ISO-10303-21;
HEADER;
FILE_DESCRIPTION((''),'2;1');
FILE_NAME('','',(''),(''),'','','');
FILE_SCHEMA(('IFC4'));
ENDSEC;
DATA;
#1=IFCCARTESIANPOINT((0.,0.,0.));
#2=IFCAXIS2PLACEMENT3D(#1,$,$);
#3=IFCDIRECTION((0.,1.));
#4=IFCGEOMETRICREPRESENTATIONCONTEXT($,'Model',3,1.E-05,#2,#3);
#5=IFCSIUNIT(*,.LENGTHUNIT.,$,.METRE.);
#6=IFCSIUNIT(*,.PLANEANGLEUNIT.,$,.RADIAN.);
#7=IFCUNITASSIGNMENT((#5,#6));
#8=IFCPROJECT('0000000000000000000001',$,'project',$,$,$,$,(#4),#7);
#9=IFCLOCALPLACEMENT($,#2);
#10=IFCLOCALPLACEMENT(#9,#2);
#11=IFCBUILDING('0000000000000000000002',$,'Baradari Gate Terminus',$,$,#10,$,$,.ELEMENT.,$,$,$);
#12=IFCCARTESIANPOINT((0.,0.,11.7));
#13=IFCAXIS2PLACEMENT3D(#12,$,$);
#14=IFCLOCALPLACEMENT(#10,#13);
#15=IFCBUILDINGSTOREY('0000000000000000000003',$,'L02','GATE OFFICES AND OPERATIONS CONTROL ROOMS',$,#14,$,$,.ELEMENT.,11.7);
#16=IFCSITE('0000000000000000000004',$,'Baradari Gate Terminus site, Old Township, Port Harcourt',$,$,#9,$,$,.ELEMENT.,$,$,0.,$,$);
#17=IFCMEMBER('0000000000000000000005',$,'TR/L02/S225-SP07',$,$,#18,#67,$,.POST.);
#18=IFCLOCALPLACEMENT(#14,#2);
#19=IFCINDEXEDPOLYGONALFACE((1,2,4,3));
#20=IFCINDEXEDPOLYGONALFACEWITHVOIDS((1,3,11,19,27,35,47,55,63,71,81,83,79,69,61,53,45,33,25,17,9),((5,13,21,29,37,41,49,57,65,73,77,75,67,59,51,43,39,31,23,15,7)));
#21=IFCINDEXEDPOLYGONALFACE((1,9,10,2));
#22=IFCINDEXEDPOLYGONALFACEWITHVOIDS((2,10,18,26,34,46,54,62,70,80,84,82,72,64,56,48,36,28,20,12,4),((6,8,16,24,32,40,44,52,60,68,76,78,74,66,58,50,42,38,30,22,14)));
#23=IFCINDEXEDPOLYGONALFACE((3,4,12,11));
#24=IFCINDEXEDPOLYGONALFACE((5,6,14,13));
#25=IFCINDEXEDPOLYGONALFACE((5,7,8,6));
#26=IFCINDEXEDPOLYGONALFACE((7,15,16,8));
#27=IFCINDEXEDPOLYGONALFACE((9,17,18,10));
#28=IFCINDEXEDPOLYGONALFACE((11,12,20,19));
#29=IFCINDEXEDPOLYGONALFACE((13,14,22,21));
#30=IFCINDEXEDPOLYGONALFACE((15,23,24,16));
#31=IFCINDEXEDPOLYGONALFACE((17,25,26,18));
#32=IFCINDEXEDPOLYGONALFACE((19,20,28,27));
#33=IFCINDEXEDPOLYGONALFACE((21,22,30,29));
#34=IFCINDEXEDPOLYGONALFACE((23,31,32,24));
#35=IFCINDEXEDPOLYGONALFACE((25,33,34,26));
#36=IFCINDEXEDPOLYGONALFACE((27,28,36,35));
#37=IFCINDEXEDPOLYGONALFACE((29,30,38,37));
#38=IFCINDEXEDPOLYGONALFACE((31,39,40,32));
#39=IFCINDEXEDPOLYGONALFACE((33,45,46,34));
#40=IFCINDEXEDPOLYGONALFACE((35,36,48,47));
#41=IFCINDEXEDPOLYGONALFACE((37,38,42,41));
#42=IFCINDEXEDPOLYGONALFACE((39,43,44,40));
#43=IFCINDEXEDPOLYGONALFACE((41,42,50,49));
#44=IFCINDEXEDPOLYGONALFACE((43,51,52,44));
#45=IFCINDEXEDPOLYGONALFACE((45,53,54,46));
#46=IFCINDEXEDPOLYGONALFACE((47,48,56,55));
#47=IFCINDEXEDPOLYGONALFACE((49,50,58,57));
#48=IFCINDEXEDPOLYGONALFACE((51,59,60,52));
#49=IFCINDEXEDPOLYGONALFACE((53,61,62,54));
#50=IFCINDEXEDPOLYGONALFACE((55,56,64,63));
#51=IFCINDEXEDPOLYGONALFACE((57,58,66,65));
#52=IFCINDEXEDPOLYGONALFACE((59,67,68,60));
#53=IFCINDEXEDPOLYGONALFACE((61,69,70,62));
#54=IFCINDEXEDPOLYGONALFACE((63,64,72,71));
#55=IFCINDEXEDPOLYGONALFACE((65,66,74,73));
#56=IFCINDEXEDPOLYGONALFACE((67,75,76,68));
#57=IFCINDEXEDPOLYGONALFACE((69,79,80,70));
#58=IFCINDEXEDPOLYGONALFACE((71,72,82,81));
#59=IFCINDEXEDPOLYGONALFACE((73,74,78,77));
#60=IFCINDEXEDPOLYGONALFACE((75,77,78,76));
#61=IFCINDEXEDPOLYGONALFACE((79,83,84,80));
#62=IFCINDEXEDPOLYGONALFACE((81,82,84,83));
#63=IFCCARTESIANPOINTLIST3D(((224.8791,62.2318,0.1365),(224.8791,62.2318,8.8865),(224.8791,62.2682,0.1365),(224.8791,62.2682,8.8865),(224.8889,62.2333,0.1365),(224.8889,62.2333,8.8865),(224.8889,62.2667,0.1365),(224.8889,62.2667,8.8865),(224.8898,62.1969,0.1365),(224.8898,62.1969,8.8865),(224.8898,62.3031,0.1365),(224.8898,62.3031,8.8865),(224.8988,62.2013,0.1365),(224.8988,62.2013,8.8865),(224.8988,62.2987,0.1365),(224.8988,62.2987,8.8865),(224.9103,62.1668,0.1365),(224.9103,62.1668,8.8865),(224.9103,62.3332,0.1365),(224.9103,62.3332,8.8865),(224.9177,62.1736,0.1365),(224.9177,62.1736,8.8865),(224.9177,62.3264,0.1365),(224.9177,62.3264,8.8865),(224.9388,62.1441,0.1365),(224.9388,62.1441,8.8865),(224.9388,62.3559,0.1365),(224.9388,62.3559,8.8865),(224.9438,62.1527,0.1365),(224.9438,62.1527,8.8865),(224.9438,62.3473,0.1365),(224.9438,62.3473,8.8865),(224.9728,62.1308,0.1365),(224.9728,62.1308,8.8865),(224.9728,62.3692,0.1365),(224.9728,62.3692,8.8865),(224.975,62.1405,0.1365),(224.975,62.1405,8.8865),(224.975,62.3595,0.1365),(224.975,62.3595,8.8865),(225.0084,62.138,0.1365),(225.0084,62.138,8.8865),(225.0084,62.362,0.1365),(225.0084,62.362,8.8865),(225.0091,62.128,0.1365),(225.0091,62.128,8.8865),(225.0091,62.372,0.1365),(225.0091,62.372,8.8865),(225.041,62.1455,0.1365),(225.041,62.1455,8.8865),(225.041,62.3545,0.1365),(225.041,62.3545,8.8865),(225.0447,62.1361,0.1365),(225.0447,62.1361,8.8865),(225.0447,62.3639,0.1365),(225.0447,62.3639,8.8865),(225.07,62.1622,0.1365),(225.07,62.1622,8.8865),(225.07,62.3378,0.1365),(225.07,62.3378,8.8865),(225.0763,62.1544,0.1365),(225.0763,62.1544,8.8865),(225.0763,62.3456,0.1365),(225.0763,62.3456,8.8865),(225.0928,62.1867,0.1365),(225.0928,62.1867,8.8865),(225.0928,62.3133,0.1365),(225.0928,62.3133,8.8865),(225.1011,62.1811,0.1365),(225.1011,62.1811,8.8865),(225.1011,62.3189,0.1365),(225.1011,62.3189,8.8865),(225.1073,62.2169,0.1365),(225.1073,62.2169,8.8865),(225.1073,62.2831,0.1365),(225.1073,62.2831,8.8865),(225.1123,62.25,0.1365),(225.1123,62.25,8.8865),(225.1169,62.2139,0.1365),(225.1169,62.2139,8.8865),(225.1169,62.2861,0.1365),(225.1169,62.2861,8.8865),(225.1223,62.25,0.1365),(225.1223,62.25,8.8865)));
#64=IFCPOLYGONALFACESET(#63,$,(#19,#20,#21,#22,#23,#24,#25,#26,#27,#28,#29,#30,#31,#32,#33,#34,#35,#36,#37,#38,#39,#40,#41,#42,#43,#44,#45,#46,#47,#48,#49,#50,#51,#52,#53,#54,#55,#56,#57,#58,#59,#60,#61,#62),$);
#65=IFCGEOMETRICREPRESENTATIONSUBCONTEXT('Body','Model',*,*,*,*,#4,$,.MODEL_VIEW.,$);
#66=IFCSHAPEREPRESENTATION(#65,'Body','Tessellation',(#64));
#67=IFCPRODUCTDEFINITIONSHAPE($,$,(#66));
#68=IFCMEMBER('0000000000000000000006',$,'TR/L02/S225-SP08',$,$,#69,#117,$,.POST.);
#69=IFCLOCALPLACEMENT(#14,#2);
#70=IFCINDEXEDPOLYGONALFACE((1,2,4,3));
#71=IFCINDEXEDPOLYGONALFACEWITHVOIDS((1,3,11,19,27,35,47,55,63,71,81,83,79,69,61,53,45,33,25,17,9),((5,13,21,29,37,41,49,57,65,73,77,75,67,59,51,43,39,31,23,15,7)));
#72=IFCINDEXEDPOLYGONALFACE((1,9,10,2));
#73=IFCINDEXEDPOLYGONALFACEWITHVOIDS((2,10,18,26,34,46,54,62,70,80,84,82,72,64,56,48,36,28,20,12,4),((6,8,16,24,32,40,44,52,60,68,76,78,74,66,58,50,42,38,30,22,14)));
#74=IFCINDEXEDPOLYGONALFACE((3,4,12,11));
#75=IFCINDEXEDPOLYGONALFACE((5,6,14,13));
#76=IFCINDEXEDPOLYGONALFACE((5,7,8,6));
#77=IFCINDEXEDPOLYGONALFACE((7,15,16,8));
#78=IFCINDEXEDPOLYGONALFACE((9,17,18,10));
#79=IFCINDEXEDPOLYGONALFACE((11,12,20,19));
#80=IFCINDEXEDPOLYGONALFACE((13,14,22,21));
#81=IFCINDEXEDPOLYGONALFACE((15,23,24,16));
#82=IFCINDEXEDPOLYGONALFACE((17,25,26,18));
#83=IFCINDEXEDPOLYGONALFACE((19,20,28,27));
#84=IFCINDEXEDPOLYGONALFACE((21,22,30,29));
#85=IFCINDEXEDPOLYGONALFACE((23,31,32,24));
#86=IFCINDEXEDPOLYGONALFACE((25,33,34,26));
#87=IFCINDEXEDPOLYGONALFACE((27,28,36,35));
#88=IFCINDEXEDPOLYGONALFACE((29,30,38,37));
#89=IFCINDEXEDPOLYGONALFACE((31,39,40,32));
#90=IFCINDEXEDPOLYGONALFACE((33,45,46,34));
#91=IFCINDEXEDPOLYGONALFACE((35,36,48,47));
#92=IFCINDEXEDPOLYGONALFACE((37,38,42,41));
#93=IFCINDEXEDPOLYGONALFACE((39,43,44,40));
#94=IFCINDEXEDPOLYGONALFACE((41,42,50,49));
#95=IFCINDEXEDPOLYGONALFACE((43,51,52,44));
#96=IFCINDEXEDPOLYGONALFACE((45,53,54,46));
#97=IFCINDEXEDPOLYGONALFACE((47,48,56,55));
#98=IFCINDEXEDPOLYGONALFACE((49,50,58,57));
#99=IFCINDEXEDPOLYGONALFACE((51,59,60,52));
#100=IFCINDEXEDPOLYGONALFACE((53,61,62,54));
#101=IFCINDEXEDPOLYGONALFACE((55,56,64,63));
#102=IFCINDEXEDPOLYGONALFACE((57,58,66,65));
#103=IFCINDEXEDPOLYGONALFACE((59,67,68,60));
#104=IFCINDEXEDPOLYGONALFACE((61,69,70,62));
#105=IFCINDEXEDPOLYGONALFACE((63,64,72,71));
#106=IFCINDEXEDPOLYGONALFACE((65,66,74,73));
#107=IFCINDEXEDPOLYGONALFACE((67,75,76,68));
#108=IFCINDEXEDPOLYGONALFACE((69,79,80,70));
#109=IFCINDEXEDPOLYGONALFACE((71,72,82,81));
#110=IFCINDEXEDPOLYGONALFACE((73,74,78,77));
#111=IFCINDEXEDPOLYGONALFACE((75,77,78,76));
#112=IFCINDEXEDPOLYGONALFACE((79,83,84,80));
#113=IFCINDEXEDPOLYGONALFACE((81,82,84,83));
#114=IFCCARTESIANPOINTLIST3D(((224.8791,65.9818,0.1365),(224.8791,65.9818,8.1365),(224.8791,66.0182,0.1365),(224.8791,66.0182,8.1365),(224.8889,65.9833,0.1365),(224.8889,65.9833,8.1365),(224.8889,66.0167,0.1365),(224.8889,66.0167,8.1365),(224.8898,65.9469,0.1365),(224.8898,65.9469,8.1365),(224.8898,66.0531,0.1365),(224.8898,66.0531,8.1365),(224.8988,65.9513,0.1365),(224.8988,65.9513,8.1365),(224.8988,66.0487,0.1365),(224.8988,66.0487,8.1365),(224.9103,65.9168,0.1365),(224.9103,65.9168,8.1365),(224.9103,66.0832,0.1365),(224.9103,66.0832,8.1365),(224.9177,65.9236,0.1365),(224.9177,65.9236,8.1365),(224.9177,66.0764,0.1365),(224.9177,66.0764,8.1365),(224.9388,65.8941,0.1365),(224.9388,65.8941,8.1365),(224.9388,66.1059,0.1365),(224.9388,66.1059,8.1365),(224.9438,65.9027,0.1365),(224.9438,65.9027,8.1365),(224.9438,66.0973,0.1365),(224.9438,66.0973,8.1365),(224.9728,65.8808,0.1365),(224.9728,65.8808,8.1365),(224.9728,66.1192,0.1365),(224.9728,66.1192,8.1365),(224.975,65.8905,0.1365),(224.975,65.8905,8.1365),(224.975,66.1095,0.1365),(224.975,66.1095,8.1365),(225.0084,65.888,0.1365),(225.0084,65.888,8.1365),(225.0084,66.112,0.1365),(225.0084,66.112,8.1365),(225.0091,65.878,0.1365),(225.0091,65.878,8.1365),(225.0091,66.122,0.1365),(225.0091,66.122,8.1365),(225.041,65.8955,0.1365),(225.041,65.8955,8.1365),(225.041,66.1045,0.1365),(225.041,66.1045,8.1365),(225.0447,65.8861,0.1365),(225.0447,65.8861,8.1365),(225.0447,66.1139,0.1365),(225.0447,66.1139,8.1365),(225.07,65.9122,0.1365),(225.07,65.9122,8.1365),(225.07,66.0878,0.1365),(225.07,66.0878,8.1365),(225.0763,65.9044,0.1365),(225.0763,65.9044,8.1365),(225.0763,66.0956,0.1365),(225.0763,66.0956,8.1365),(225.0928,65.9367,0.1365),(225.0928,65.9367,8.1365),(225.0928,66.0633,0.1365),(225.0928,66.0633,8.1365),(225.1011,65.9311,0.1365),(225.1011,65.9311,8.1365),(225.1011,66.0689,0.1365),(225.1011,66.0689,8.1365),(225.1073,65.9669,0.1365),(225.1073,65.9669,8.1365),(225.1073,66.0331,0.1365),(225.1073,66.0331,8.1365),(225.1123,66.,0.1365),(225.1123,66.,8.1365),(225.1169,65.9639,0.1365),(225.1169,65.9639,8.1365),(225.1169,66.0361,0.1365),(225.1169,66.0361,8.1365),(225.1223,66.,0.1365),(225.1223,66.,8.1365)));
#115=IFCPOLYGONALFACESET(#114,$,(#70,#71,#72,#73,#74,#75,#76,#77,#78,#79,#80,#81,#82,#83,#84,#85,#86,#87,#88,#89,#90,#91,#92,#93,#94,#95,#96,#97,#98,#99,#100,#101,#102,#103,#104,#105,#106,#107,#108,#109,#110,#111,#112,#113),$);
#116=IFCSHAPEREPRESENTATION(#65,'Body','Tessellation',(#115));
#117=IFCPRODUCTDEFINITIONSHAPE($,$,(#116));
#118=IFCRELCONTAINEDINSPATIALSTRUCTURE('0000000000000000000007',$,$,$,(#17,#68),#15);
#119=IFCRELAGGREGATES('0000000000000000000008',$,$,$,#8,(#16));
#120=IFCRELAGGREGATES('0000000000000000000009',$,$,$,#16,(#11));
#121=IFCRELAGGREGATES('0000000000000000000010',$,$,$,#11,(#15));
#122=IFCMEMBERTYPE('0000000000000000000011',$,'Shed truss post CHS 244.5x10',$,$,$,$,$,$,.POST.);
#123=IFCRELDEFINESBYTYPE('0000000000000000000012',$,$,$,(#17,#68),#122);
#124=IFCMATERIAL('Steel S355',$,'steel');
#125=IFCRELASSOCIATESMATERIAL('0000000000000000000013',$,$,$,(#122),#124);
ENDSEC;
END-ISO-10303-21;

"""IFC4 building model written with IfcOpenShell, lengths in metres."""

from ifc_helpers import new_model, si_unit, direction, frame, origin, origin_2d, place, context, subcontext, project, spatial, hollow_circle, extrude, material, material_profile, profile_set, type_object, element, save


model = new_model("IFC4")

# Units and contexts
model_context = context("Model", 3, precision=1e-05, world=origin(), true_north=direction((0.0, 1.0)))
body_context = subcontext(model_context, "Body", "Model", "MODEL_VIEW")
ifc_project = project(units=[si_unit("LENGTHUNIT", "METRE"), si_unit("PLANEANGLEUNIT", "RADIAN")], contexts=[model_context])

# Site, building, storey
site_placement = place(None, origin())
site = spatial("IfcSite", under=ifc_project, at=site_placement, Name="Baradari Gate Terminus site, Old Township, Port Harcourt", CompositionType="ELEMENT", RefElevation=0.0)
building_placement = place(site_placement, origin())
building = spatial("IfcBuilding", under=site, at=building_placement, Name="Baradari Gate Terminus", CompositionType="ELEMENT")
storey_placement = place(building_placement, frame((0.0, 0.0, 11.7)))
storey = spatial("IfcBuildingStorey", under=building, at=storey_placement, Name="L02", Description="GATE OFFICES AND OPERATIONS CONTROL ROOMS", CompositionType="ELEMENT", Elevation=11.7)

# Members
ifc_material_1 = material(Name="Steel S355", Category="steel")
ifc_material_profile_1 = material_profile(ifc_material_1, hollow_circle(Radius=0.1223, WallThickness=0.01, at=origin_2d()), Name="CHS 244.5x10")
ifc_profile_set_1 = profile_set([ifc_material_profile_1], Name="Steel S355")
member_type_1 = type_object("IfcMemberType", Name="Shed truss post CHS 244.5x10", PredefinedType="POST", material=ifc_profile_set_1)
member_1_placement = place(storey_placement, frame((225.0, 62.25, 0.1365), z_axis=(0.0, 0.0, 1.0), x_axis=(1.0, 0.0, 0.0)))
element("IfcMember", 1, at=member_1_placement, inside=storey, type_object=member_type_1, Name="TR/L02/S225-SP07", PredefinedType="POST", context=body_context, shape_type="SweptSolid", body=[
    extrude(hollow_circle(Radius=0.1223, WallThickness=0.01, at=origin_2d()), origin(), (0.0, 0.0, 1.0), 8.75),
])
member_2_placement = place(storey_placement, frame((225.0, 66.0, 0.1365), z_axis=(0.0, 0.0, 1.0), x_axis=(1.0, 0.0, 0.0)))
element("IfcMember", 2, at=member_2_placement, inside=storey, type_object=member_type_1, Name="TR/L02/S225-SP08", PredefinedType="POST", context=body_context, shape_type="SweptSolid", body=[
    extrude(hollow_circle(Radius=0.1223, WallThickness=0.01, at=origin_2d()), origin(), (0.0, 0.0, 1.0), 8.0),
])

save(model, "model.ifc")
